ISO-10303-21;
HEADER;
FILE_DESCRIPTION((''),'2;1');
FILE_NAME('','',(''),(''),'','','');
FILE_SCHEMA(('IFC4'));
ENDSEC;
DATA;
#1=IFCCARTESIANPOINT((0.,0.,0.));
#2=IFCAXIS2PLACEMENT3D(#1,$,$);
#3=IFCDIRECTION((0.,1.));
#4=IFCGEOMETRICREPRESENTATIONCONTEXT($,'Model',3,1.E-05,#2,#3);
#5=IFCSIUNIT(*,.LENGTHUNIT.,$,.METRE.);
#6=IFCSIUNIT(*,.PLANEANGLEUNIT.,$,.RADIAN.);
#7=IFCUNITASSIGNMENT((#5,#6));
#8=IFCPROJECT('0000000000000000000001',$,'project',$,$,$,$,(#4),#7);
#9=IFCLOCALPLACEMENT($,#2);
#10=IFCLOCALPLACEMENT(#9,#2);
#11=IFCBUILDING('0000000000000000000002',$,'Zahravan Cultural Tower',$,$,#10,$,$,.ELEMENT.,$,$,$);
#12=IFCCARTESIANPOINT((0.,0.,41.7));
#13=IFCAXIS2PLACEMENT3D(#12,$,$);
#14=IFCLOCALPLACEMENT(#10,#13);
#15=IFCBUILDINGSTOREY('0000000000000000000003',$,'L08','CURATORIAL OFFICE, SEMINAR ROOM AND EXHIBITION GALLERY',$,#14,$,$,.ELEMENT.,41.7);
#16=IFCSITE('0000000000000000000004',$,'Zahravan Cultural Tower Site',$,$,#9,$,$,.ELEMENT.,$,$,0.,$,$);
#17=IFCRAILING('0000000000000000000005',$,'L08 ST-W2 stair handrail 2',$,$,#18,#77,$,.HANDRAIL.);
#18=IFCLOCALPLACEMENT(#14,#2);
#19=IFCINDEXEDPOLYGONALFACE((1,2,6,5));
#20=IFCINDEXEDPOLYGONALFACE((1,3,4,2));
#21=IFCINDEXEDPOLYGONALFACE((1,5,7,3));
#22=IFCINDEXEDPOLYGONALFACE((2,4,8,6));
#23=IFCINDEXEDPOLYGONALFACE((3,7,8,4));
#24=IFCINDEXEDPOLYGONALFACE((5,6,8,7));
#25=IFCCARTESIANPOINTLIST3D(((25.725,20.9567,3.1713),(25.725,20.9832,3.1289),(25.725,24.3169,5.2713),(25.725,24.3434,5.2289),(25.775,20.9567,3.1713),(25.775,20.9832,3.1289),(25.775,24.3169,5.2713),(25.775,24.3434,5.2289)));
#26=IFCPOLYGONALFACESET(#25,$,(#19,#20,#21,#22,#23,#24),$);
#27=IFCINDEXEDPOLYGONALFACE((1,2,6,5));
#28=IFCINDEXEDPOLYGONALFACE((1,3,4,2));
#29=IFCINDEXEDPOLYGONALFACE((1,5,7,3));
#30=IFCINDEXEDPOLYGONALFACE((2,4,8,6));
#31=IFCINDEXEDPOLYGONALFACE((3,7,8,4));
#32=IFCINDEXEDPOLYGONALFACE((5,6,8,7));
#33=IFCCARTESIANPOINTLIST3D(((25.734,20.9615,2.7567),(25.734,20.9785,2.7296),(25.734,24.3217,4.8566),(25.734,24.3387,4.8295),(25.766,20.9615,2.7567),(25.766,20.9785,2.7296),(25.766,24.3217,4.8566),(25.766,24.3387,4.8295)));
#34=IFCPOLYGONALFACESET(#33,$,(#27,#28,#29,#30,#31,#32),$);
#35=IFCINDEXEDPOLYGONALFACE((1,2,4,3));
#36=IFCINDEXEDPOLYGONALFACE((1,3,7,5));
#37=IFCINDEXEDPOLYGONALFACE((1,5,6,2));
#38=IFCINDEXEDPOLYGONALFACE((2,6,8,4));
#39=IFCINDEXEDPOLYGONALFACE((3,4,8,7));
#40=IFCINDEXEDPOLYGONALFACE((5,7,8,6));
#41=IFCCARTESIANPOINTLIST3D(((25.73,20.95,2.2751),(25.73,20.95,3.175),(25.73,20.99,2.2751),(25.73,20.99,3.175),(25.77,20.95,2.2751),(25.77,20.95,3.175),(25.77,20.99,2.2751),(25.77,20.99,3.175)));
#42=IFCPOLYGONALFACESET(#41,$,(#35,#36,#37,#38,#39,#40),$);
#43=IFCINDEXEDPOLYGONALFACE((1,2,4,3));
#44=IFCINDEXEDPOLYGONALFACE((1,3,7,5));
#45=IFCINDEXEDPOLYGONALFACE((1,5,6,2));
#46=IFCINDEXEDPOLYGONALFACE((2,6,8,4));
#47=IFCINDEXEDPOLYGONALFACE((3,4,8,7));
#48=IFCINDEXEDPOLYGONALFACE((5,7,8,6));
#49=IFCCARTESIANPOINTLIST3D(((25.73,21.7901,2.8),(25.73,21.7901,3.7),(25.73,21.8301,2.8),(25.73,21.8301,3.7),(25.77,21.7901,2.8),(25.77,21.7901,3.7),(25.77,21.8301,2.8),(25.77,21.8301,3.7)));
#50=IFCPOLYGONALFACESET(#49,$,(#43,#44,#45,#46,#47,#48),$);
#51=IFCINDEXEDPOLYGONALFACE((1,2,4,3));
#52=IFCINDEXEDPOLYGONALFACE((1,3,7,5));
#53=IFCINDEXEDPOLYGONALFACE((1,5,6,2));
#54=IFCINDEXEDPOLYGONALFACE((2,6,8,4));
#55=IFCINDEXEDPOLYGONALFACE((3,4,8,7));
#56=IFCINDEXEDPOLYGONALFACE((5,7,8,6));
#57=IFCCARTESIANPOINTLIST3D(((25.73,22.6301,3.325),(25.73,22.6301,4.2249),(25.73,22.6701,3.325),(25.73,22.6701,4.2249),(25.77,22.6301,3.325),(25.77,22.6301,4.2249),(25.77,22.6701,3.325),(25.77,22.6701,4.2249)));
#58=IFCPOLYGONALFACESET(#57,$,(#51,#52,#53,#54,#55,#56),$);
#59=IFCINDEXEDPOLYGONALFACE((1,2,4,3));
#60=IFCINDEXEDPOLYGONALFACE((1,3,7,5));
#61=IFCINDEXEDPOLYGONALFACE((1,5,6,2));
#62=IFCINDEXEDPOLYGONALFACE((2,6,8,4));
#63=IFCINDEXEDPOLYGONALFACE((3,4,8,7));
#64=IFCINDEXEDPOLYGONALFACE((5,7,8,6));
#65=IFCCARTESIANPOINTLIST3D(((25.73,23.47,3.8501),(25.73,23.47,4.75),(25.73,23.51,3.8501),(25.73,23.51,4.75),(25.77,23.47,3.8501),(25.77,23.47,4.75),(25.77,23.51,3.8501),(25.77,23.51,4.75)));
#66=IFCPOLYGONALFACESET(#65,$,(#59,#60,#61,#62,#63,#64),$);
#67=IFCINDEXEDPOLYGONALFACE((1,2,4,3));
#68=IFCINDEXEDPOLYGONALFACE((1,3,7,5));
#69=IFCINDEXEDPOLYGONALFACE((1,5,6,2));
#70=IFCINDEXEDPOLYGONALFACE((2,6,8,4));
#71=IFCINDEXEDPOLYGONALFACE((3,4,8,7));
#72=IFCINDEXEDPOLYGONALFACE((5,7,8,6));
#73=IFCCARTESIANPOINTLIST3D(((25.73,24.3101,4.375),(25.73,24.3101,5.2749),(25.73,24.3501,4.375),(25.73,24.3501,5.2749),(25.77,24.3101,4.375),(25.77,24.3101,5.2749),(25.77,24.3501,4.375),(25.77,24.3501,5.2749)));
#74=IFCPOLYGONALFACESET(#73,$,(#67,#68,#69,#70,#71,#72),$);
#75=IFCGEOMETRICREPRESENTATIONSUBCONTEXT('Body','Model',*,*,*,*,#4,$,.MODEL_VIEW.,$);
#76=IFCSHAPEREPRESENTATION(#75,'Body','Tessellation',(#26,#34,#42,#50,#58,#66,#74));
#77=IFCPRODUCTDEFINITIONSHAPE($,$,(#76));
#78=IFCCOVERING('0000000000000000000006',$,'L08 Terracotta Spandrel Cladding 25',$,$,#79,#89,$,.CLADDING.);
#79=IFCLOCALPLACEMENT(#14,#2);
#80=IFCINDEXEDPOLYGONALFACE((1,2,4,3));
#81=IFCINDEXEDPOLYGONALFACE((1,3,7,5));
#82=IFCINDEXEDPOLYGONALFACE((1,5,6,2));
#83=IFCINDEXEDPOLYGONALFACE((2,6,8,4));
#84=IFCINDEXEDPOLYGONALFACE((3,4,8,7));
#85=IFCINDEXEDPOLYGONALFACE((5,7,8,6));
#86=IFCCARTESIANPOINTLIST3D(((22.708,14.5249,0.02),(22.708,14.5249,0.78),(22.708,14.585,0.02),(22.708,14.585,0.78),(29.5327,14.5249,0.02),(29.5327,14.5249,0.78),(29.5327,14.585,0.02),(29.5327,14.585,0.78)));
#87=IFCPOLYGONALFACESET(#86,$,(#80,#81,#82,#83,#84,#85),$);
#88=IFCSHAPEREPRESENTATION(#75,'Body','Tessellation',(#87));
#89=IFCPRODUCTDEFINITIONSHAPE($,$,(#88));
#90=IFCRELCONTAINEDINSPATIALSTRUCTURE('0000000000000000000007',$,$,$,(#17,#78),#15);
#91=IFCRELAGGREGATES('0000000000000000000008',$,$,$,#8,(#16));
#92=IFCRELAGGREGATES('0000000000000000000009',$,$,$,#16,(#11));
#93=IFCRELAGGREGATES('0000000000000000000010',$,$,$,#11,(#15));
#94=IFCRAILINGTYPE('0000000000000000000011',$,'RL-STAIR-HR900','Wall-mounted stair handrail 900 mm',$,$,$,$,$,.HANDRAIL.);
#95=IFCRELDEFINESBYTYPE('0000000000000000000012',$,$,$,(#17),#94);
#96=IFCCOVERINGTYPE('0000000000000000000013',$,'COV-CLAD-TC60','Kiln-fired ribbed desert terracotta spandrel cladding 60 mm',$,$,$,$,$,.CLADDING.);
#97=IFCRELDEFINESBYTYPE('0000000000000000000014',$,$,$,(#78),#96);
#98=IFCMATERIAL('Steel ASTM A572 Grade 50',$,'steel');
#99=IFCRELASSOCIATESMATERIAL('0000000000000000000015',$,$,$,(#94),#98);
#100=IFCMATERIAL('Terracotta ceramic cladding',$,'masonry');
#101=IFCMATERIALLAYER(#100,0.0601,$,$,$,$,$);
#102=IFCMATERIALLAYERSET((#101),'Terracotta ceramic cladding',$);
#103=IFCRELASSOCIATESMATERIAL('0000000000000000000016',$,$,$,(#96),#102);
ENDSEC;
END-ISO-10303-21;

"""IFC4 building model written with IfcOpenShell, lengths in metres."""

from ifc_helpers import new_model, si_unit, direction, frame, origin, origin_2d, place, context, subcontext, project, spatial, rectangle, extrude, source, transform, mapped, material, layer, layer_set, type_object, element, save


model = new_model("IFC4")

# Units and contexts
model_context = context("Model", 3, precision=1e-05, world=origin(), true_north=direction((0.0, 1.0)))
body_context = subcontext(model_context, "Body", "Model", "MODEL_VIEW")
ifc_project = project(units=[si_unit("LENGTHUNIT", "METRE"), si_unit("PLANEANGLEUNIT", "RADIAN")], contexts=[model_context])

# Site, building, storey
site_placement = place(None, origin())
site = spatial("IfcSite", under=ifc_project, at=site_placement, Name="Zahravan Cultural Tower Site", CompositionType="ELEMENT", RefElevation=0.0)
building_placement = place(site_placement, origin())
building = spatial("IfcBuilding", under=site, at=building_placement, Name="Zahravan Cultural Tower", CompositionType="ELEMENT")
storey_placement = place(building_placement, frame((0.0, 0.0, 41.7)))
storey = spatial("IfcBuildingStorey", under=building, at=storey_placement, Name="L08", Description="CURATORIAL OFFICE, SEMINAR ROOM AND EXHIBITION GALLERY", CompositionType="ELEMENT", Elevation=41.7)

# Shared definitions
ifc_material_1 = material(Name="Steel ASTM A572 Grade 50", Category="steel")

# Railing
railing_type_1 = type_object("IfcRailingType", Name="RL-STAIR-HR900", Description="Wall-mounted stair handrail 900 mm", PredefinedType="HANDRAIL", material=ifc_material_1)
railing_1_placement = place(storey_placement, frame((25.75, 20.97, 2.2751)))
element("IfcRailing", 1, at=railing_1_placement, inside=storey, type_object=railing_type_1, Name="L08 ST-W2 stair handrail 2", PredefinedType="HANDRAIL", context=body_context, shape_type="SweptSolid", body=[
    extrude(rectangle(XDim=0.05, YDim=0.05, at=origin_2d()), frame((0.0, 0.0, 0.875), z_axis=(0.0, 0.848023, 0.52996), x_axis=(-1.0, 0.0, 0.0)), (0.0, 0.0, 1.0), 3.9624),
    extrude(rectangle(XDim=0.032, YDim=0.032, at=origin_2d()), frame((0.0, 0.0, 0.468), z_axis=(0.0, 0.848023, 0.52996), x_axis=(-1.0, 0.0, 0.0)), (0.0, 0.0, 1.0), 3.9624),
    extrude(rectangle(XDim=0.04, YDim=0.04, at=origin_2d()), origin(), (0.0, 0.0, 1.0), 0.8999),
    extrude(rectangle(XDim=0.04, YDim=0.04, at=origin_2d()), frame((0.0, 0.8401, 0.5249)), (0.0, 0.0, 1.0), 0.8999),
    extrude(rectangle(XDim=0.04, YDim=0.04, at=origin_2d()), frame((0.0, 1.6802, 1.0498)), (0.0, 0.0, 1.0), 0.8999),
    extrude(rectangle(XDim=0.04, YDim=0.04, at=origin_2d()), frame((0.0, 2.52, 1.575)), (0.0, 0.0, 1.0), 0.8999),
    extrude(rectangle(XDim=0.04, YDim=0.04, at=origin_2d()), frame((0.0, 3.3601, 2.0999)), (0.0, 0.0, 1.0), 0.8999),
])

# Covering
ifc_material_2 = material(Name="Terracotta ceramic cladding", Category="masonry")
ifc_layer_1 = layer(ifc_material_2, 0.0601)
ifc_layer_set_1 = layer_set([ifc_layer_1], Name="Terracotta ceramic cladding")
covering_type = type_object("IfcCoveringType", Name="COV-CLAD-TC60", Description="Kiln-fired ribbed desert terracotta spandrel cladding 60 mm", PredefinedType="CLADDING", material=ifc_layer_set_1)
shared_shape_1 = source(origin(), body_context, "Body", "SweptSolid", [
    extrude(rectangle(XDim=6.8247, YDim=0.0601, at=origin_2d()), origin(), (0.0, 0.0, 1.0), 0.76),
])
covering_placement = place(storey_placement, frame((26.1204, 14.5549, 0.02), z_axis=(0.0, 0.0, 1.0), x_axis=(-1.0, 0.0, 0.0)))
element("IfcCovering", 2, at=covering_placement, inside=storey, type_object=covering_type, Name="L08 Terracotta Spandrel Cladding 25", PredefinedType="CLADDING", context=body_context, shape_type="MappedRepresentation", body=[
    mapped(shared_shape_1, transform((0.0, 0.0, 0.0), x_axis=(1.0, 0.0, 0.0), y_axis=(0.0, 1.0, 0.0), z_axis=(0.0, 0.0, 1.0), scale=1.0)),
])

save(model, "model.ifc")
